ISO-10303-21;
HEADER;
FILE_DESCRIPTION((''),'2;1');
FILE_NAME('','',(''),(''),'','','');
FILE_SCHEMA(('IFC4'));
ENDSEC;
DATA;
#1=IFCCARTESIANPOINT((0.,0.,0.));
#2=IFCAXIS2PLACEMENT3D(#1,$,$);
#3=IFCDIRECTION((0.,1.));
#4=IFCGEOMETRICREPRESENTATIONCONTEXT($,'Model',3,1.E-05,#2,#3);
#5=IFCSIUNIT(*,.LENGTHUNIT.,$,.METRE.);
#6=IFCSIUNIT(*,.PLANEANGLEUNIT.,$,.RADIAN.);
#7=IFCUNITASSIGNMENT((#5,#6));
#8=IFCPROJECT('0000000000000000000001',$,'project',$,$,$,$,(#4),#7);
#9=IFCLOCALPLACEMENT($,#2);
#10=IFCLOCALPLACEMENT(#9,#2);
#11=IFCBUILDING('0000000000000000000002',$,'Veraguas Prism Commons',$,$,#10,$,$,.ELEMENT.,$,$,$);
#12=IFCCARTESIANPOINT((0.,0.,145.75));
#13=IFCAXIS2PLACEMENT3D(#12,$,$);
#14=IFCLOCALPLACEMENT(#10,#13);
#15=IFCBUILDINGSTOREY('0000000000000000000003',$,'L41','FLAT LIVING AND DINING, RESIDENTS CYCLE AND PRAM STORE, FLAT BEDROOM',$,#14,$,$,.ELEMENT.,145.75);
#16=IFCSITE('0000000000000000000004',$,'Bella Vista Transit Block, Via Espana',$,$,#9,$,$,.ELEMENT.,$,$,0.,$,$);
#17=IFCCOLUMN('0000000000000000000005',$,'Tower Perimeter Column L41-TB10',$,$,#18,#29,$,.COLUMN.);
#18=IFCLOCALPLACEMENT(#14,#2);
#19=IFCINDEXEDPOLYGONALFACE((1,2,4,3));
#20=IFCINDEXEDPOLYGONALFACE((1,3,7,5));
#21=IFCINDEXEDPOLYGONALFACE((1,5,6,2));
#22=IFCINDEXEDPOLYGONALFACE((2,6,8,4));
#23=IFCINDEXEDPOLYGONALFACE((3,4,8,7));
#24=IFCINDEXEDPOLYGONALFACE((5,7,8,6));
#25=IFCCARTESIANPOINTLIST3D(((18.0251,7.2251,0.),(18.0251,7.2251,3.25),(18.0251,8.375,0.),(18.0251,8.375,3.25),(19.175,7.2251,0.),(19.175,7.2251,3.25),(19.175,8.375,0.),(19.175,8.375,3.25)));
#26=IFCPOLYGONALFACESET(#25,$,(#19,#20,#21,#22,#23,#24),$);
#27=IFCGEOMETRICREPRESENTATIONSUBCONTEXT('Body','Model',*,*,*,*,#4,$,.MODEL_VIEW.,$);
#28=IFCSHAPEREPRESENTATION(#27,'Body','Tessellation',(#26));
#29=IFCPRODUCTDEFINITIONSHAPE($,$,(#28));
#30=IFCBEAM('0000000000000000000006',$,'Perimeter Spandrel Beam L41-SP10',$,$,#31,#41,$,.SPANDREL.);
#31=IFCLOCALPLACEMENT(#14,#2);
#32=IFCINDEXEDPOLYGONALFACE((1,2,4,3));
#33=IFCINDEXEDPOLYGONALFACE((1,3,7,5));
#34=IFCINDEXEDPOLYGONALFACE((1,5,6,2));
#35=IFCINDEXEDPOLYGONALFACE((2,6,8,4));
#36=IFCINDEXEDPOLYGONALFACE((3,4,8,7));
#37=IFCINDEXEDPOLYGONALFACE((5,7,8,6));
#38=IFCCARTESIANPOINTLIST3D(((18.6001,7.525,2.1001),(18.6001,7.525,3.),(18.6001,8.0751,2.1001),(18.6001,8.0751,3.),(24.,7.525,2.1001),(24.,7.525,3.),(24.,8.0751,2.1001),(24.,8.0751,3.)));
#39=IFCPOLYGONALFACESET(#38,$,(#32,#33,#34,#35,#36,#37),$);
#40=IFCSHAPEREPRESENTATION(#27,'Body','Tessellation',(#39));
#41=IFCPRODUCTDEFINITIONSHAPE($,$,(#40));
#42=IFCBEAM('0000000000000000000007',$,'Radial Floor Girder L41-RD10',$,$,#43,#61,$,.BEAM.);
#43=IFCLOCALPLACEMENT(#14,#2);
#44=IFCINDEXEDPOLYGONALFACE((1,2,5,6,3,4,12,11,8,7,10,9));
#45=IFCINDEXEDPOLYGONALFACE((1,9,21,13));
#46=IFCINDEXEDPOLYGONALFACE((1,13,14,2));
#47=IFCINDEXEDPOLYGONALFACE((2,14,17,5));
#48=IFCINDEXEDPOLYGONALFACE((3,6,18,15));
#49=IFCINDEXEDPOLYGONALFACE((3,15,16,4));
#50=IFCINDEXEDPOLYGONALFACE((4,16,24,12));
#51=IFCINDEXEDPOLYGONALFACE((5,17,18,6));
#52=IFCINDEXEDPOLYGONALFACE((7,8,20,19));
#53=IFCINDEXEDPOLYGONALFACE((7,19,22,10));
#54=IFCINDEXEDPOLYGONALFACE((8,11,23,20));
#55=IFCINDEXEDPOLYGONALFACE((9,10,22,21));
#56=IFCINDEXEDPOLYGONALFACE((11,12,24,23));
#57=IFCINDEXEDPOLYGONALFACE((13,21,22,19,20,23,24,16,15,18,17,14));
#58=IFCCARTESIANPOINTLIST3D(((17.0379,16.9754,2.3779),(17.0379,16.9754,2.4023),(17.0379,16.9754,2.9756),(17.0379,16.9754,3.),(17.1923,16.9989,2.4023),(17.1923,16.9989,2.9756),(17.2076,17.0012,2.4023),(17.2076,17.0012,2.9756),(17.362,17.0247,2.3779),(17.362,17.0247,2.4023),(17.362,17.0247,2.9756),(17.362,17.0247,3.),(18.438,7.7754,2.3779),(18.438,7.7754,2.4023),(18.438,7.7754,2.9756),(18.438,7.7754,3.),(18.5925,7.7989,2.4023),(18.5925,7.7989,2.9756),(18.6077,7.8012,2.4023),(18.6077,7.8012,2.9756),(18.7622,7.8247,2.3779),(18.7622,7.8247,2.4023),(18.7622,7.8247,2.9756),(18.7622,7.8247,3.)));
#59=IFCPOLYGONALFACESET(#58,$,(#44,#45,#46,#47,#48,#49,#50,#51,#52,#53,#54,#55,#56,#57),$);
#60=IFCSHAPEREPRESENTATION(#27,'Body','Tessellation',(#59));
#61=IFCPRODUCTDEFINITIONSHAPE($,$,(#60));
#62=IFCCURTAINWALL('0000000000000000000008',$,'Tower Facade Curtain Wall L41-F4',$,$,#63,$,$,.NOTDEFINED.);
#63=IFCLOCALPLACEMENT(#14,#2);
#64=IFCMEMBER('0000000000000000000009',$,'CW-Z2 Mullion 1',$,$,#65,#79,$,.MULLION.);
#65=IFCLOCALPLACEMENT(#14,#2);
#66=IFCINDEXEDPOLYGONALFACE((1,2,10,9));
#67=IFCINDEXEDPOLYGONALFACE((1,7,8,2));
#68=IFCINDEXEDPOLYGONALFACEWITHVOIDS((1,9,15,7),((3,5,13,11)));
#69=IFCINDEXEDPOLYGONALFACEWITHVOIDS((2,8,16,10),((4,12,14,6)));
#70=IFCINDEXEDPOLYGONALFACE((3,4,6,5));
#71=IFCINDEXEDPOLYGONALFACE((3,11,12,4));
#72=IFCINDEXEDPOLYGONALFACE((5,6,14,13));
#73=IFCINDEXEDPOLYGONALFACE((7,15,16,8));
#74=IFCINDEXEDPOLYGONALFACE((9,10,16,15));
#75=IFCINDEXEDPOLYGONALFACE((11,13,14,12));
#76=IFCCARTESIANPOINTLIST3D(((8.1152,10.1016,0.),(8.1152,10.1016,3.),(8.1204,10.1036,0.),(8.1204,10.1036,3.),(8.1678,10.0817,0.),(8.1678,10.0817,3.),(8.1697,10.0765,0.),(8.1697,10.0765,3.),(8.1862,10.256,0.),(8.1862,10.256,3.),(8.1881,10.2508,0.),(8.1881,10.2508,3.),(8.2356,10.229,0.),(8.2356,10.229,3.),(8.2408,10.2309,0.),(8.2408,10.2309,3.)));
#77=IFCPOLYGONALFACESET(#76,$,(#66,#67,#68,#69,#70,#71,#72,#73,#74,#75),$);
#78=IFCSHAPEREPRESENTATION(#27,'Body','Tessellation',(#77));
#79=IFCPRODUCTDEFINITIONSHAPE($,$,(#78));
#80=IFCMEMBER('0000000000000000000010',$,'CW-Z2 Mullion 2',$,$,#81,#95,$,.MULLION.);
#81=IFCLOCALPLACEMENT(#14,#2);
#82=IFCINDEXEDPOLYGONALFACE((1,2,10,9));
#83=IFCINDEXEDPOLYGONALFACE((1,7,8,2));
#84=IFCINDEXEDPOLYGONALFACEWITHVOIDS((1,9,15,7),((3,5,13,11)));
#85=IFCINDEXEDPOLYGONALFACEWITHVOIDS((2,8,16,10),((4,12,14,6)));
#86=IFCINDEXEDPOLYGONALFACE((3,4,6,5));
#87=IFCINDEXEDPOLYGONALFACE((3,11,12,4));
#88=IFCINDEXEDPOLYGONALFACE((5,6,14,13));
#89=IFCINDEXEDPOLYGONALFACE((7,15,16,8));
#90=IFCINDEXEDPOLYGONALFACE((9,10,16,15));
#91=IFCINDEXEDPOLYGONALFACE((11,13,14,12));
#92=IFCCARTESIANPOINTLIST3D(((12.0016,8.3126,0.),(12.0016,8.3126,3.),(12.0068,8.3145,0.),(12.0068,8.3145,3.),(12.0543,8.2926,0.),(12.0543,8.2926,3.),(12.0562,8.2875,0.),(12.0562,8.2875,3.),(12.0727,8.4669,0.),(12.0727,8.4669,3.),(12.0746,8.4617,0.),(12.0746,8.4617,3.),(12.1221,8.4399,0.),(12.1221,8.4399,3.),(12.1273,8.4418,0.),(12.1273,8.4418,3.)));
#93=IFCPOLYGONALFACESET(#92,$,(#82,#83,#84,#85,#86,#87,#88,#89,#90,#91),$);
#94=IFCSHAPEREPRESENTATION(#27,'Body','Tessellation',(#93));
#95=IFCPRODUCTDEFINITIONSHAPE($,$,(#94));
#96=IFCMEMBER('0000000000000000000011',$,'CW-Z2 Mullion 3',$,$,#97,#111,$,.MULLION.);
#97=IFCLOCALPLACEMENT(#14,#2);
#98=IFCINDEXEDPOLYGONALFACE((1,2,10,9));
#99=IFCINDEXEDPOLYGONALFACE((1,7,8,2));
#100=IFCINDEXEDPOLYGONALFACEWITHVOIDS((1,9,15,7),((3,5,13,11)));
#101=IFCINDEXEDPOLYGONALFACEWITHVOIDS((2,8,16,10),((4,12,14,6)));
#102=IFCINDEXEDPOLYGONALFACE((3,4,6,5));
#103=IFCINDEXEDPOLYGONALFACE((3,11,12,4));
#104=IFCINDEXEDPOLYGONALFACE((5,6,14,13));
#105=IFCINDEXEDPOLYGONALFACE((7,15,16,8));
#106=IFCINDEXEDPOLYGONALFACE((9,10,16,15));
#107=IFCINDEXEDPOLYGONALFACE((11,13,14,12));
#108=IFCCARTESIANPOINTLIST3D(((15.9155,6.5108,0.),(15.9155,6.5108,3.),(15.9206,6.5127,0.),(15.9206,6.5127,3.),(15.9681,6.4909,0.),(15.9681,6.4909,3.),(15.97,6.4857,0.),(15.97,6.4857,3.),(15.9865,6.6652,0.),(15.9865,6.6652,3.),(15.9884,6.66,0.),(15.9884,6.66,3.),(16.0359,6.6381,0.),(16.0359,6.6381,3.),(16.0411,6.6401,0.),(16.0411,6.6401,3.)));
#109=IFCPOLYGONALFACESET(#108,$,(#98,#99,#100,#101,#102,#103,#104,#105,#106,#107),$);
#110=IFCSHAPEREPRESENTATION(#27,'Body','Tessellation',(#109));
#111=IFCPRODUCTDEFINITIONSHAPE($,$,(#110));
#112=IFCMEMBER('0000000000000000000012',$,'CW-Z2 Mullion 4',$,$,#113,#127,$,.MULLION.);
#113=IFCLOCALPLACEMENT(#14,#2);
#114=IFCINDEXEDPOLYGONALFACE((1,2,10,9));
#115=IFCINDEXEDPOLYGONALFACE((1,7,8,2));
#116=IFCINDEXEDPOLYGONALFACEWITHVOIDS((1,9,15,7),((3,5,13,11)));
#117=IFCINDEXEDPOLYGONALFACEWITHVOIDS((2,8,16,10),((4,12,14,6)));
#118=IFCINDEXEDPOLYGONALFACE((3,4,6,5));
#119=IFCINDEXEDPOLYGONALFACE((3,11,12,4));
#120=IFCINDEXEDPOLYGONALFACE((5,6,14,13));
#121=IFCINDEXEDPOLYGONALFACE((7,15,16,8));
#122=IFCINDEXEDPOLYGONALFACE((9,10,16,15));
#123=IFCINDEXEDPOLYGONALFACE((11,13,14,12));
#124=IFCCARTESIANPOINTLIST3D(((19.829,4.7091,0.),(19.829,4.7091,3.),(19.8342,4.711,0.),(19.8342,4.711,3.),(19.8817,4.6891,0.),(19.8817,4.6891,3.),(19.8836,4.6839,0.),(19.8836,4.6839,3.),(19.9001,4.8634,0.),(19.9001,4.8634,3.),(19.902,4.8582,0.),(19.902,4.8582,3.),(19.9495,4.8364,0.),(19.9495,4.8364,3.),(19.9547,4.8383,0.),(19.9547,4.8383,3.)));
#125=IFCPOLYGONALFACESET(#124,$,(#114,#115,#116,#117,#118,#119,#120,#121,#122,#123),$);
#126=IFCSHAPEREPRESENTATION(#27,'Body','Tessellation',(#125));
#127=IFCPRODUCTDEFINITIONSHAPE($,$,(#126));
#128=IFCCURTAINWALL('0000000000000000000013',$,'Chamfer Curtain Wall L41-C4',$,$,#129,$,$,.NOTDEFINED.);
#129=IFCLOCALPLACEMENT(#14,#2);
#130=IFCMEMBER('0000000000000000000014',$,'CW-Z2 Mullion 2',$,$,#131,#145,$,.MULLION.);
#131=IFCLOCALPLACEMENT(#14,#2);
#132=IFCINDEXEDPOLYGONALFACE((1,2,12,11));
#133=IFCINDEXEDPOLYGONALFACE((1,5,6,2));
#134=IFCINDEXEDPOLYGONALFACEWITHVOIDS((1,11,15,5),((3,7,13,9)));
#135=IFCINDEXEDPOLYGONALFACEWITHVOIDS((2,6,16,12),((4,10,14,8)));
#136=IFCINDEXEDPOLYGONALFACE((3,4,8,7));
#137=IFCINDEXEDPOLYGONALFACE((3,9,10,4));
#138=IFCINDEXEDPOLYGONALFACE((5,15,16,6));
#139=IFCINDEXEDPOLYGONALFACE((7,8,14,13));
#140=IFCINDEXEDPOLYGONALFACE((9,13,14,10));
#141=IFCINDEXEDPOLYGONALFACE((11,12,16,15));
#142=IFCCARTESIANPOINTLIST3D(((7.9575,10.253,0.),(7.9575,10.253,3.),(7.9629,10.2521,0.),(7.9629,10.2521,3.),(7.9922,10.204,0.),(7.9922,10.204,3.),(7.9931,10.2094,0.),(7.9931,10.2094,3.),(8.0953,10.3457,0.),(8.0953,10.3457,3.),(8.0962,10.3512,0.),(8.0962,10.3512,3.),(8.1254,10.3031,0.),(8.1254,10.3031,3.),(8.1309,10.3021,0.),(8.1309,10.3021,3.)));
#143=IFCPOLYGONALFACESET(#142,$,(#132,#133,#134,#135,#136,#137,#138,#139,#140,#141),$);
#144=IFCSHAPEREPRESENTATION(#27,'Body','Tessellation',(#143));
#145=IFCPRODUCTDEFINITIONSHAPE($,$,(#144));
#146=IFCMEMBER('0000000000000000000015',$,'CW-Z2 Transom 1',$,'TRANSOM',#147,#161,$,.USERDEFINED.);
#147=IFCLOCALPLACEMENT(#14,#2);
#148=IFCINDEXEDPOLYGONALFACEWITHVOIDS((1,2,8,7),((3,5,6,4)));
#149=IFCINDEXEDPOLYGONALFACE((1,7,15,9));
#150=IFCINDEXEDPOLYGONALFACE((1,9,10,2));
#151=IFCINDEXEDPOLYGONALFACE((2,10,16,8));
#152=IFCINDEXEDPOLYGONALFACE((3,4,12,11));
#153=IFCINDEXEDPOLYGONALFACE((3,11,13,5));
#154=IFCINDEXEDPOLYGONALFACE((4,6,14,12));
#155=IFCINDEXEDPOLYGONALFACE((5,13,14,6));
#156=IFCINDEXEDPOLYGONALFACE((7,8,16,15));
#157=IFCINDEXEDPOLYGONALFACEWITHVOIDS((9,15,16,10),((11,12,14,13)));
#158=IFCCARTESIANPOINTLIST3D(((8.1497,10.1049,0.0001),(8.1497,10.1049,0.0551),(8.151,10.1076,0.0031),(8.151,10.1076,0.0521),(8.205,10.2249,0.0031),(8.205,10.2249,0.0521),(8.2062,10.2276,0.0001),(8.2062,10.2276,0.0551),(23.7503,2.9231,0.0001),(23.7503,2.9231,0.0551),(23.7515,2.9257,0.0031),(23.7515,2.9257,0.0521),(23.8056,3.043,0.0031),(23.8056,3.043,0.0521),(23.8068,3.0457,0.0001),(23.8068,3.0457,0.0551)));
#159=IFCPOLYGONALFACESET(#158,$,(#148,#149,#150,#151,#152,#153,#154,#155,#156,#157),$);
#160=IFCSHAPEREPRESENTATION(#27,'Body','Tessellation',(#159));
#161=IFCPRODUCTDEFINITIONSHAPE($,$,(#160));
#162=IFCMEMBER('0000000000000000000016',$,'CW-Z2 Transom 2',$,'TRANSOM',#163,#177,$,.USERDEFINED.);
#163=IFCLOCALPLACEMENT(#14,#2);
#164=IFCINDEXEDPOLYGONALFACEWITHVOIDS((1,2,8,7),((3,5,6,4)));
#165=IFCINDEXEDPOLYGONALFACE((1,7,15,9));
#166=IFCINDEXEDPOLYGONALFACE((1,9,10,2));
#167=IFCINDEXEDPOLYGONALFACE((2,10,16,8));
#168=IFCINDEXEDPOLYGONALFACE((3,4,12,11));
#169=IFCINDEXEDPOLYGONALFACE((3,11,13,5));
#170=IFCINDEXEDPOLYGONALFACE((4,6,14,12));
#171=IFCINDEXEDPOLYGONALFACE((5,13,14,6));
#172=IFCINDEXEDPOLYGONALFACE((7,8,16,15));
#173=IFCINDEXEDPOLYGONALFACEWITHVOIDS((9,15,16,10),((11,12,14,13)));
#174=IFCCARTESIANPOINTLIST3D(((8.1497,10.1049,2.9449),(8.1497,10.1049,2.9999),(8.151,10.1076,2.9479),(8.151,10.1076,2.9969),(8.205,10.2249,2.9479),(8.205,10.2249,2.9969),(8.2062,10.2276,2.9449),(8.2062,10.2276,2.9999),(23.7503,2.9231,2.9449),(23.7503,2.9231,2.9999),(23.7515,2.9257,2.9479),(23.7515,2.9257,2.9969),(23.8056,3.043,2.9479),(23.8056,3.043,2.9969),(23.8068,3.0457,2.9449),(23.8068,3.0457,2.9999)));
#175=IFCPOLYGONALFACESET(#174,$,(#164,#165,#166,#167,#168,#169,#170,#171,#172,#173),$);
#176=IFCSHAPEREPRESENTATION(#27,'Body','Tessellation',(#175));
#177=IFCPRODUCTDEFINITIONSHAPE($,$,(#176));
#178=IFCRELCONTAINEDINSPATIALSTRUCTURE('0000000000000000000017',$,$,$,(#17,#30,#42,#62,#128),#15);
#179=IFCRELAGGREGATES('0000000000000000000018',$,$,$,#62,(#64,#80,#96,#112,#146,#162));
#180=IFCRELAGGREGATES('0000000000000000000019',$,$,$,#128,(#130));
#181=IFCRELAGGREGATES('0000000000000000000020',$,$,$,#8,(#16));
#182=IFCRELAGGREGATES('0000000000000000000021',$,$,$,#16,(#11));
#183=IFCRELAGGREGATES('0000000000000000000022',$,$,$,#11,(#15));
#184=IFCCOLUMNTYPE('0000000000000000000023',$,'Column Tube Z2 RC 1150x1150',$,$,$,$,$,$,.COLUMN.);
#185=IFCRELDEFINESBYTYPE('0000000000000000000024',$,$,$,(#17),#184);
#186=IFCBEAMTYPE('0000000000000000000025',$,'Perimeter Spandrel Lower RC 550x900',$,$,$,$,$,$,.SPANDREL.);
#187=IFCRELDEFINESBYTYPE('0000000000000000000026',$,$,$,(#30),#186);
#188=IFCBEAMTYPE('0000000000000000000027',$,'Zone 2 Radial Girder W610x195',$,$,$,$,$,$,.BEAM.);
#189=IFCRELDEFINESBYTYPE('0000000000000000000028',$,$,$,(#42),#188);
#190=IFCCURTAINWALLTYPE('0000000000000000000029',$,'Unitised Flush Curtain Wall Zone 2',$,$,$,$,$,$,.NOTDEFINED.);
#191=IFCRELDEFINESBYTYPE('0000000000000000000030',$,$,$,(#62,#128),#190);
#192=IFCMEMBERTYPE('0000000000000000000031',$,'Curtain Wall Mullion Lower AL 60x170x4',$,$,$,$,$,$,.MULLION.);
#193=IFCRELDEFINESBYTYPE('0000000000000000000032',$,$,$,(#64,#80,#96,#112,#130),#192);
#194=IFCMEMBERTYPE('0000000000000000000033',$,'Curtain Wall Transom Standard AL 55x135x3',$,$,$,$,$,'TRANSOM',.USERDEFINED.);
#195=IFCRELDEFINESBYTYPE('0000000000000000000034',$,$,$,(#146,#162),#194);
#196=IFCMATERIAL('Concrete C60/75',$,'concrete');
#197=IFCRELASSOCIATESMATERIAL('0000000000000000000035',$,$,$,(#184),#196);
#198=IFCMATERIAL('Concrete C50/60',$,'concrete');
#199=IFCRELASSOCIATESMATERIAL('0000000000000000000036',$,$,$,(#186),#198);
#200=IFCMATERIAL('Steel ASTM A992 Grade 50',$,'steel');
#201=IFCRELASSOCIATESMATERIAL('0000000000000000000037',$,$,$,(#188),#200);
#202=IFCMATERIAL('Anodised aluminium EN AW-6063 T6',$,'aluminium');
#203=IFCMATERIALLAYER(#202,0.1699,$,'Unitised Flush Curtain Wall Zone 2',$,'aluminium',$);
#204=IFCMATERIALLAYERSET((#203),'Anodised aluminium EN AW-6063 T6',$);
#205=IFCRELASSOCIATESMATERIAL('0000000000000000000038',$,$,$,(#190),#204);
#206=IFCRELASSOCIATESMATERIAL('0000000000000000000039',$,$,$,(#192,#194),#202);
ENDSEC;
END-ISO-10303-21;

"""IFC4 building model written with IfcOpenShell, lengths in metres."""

from ifc_helpers import new_model, si_unit, direction, frame, origin, origin_2d, place, context, subcontext, project, spatial, rectangle, hollow_rectangle, i_section, extrude, source, transform, mapped, material, layer, layer_set, material_profile, profile_set, type_object, element, aggregate, save


model = new_model("IFC4")

# Units and contexts
model_context = context("Model", 3, precision=1e-05, world=origin(), true_north=direction((0.0, 1.0)))
body_context = subcontext(model_context, "Body", "Model", "MODEL_VIEW")
ifc_project = project(units=[si_unit("LENGTHUNIT", "METRE"), si_unit("PLANEANGLEUNIT", "RADIAN")], contexts=[model_context])

# Site, building, storey
site_placement = place(None, origin())
site = spatial("IfcSite", under=ifc_project, at=site_placement, Name="Bella Vista Transit Block, Via Espana", CompositionType="ELEMENT", RefElevation=0.0)
building_placement = place(site_placement, origin())
building = spatial("IfcBuilding", under=site, at=building_placement, Name="Veraguas Prism Commons", CompositionType="ELEMENT")
storey_placement = place(building_placement, frame((0.0, 0.0, 145.75)))
storey = spatial("IfcBuildingStorey", under=building, at=storey_placement, Name="L41", Description="FLAT LIVING AND DINING, RESIDENTS CYCLE AND PRAM STORE, FLAT BEDROOM", CompositionType="ELEMENT", Elevation=145.75)

# Column
ifc_material_1 = material(Name="Concrete C60/75", Category="concrete")
ifc_material_profile_1 = material_profile(ifc_material_1, rectangle(XDim=1.1499, YDim=1.1499, at=origin_2d()), Name="RC1150X1150")
ifc_profile_set_1 = profile_set([ifc_material_profile_1], Name="Concrete C60/75")
column_type = type_object("IfcColumnType", Name="Column Tube Z2 RC 1150x1150", PredefinedType="COLUMN", material=ifc_profile_set_1)
column_placement = place(storey_placement, frame((18.6001, 7.8, 0.0), z_axis=(0.0, 0.0, 1.0), x_axis=(1.0, 0.0, 0.0)))
element("IfcColumn", 1, at=column_placement, inside=storey, type_object=column_type, Name="Tower Perimeter Column L41-TB10", PredefinedType="COLUMN", context=body_context, shape_type="SweptSolid", body=[
    extrude(rectangle(XDim=1.1499, YDim=1.1499, at=origin_2d()), origin(), (0.0, 0.0, 1.0), 3.25),
])

# Beams
ifc_material_2 = material(Name="Concrete C50/60", Category="concrete")
ifc_material_profile_2 = material_profile(ifc_material_2, rectangle(XDim=0.55, YDim=0.8999, at=origin_2d()), Name="RC550X900")
ifc_profile_set_2 = profile_set([ifc_material_profile_2], Name="Concrete C50/60")
beam_type_1 = type_object("IfcBeamType", Name="Perimeter Spandrel Lower RC 550x900", PredefinedType="SPANDREL", material=ifc_profile_set_2)
beam_1_placement = place(storey_placement, frame((18.6001, 7.8, 2.55), z_axis=(1.0, 0.0, 0.0), x_axis=(0.0, 1.0, 0.0)))
element("IfcBeam", 2, at=beam_1_placement, inside=storey, type_object=beam_type_1, Name="Perimeter Spandrel Beam L41-SP10", PredefinedType="SPANDREL", context=body_context, shape_type="SweptSolid", body=[
    extrude(rectangle(XDim=0.55, YDim=0.8999, at=origin_2d()), origin(), (0.0, 0.0, 1.0), 5.3999),
])
ifc_material_3 = material(Name="Steel ASTM A992 Grade 50", Category="steel")
ifc_material_profile_3 = material_profile(ifc_material_3, i_section(OverallWidth=0.3279, OverallDepth=0.6221, WebThickness=0.0154, FlangeThickness=0.0244, at=origin_2d()), Name="W610X195")
ifc_profile_set_3 = profile_set([ifc_material_profile_3], Name="Steel ASTM A992 Grade 50")
beam_type_2 = type_object("IfcBeamType", Name="Zone 2 Radial Girder W610x195", PredefinedType="BEAM", material=ifc_profile_set_3)
beam_2_placement = place(storey_placement, frame((18.6001, 7.8, 2.689), z_axis=(-0.150458, 0.988616, 0.0), x_axis=(-0.988616, -0.150458, 0.0)))
element("IfcBeam", 3, at=beam_2_placement, inside=storey, type_object=beam_type_2, Name="Radial Floor Girder L41-RD10", PredefinedType="BEAM", context=body_context, shape_type="SweptSolid", body=[
    extrude(i_section(OverallWidth=0.3279, OverallDepth=0.6221, WebThickness=0.0154, FlangeThickness=0.0244, at=origin_2d()), origin(), (0.0, 0.0, 1.0), 9.3059),
])

# Curtain wall, members
ifc_material_4 = material(Name="Anodised aluminium EN AW-6063 T6", Category="aluminium")
ifc_layer_1 = layer(ifc_material_4, 0.1699, Name="Unitised Flush Curtain Wall Zone 2", Category="aluminium")
ifc_layer_set_1 = layer_set([ifc_layer_1], Name="Anodised aluminium EN AW-6063 T6")
curtain_wall_type = type_object("IfcCurtainWallType", Name="Unitised Flush Curtain Wall Zone 2", PredefinedType="NOTDEFINED", material=ifc_layer_set_1)
curtain_wall_1_placement = place(storey_placement, origin())
curtain_wall_1 = element("IfcCurtainWall", 4, at=curtain_wall_1_placement, inside=storey, type_object=curtain_wall_type, Name="Tower Facade Curtain Wall L41-F4", PredefinedType="NOTDEFINED")
ifc_material_profile_4 = material_profile(ifc_material_4, hollow_rectangle(XDim=0.0601, YDim=0.1699, WallThickness=0.0039, at=origin_2d()), Name="AL60X170X4")
ifc_profile_set_4 = profile_set([ifc_material_profile_4], Name="Anodised aluminium EN AW-6063 T6")
member_type_1 = type_object("IfcMemberType", Name="Curtain Wall Mullion Lower AL 60x170x4", PredefinedType="MULLION", material=ifc_profile_set_4)
shared_shape_1 = source(origin(), body_context, "Body", "SweptSolid", [
    extrude(hollow_rectangle(XDim=0.0601, YDim=0.1699, WallThickness=0.0039, at=origin_2d()), origin(), (0.0, 0.0, 1.0), 3.0),
])
member_1_placement = place(storey_placement, frame((8.178, 10.1663, 0.0), z_axis=(0.0, 0.0, 1.0), x_axis=(0.908363, -0.418183, 0.0)))
member_1 = element("IfcMember", 5, at=member_1_placement, type_object=member_type_1, Name="CW-Z2 Mullion 1", PredefinedType="MULLION", context=body_context, shape_type="MappedRepresentation", body=[
    mapped(shared_shape_1, transform((0.0, 0.0, 0.0), scale=1.0)),
])
member_2_placement = place(storey_placement, frame((12.0645, 8.3772, 0.0), z_axis=(0.0, 0.0, 1.0), x_axis=(0.908363, -0.418183, 0.0)))
member_2 = element("IfcMember", 6, at=member_2_placement, type_object=member_type_1, Name="CW-Z2 Mullion 2", PredefinedType="MULLION", context=body_context, shape_type="MappedRepresentation", body=[
    mapped(shared_shape_1, transform((0.0, 0.0, 0.0), scale=1.0)),
])
member_3_placement = place(storey_placement, frame((15.9783, 6.5754, 0.0), z_axis=(0.0, 0.0, 1.0), x_axis=(0.908363, -0.418183, 0.0)))
member_3 = element("IfcMember", 7, at=member_3_placement, type_object=member_type_1, Name="CW-Z2 Mullion 3", PredefinedType="MULLION", context=body_context, shape_type="MappedRepresentation", body=[
    mapped(shared_shape_1, transform((0.0, 0.0, 0.0), scale=1.0)),
])
member_4_placement = place(storey_placement, frame((19.8918, 4.7737, 0.0), z_axis=(0.0, 0.0, 1.0), x_axis=(0.908363, -0.418183, 0.0)))
member_4 = element("IfcMember", 8, at=member_4_placement, type_object=member_type_1, Name="CW-Z2 Mullion 4", PredefinedType="MULLION", context=body_context, shape_type="MappedRepresentation", body=[
    mapped(shared_shape_1, transform((0.0, 0.0, 0.0), scale=1.0)),
])

# Curtain wall, member
curtain_wall_2_placement = place(storey_placement, origin())
curtain_wall_2 = element("IfcCurtainWall", 9, at=curtain_wall_2_placement, inside=storey, type_object=curtain_wall_type, Name="Chamfer Curtain Wall L41-C4", PredefinedType="NOTDEFINED")
member_5_placement = place(storey_placement, frame((8.0442, 10.2776, 0.0), z_axis=(0.0, 0.0, 1.0), x_axis=(0.577568, -0.816342, 0.0)))
member_5 = element("IfcMember", 10, at=member_5_placement, type_object=member_type_1, Name="CW-Z2 Mullion 2", PredefinedType="MULLION", context=body_context, shape_type="MappedRepresentation", body=[
    mapped(shared_shape_1, transform((0.0, 0.0, 0.0), scale=1.0)),
])

# Members
ifc_material_profile_5 = material_profile(ifc_material_4, hollow_rectangle(XDim=0.0549, YDim=0.135, WallThickness=0.0029, at=origin_2d()), Name="AL55X135X3")
ifc_profile_set_5 = profile_set([ifc_material_profile_5], Name="Anodised aluminium EN AW-6063 T6")
member_type_2 = type_object("IfcMemberType", Name="Curtain Wall Transom Standard AL 55x135x3", ElementType="TRANSOM", PredefinedType="USERDEFINED", material=ifc_profile_set_5)
shared_shape_2 = source(origin(), body_context, "Body", "SweptSolid", [
    extrude(hollow_rectangle(XDim=0.0549, YDim=0.135, WallThickness=0.0029, at=origin_2d()), origin(), (0.0, 0.0, 1.0), 17.1743),
])
member_6_placement = place(storey_placement, frame((8.178, 10.1663, 0.0276), z_axis=(0.908366, -0.418175, 0.0), x_axis=(0.0, 0.0, 1.0)))
member_6 = element("IfcMember", 11, at=member_6_placement, type_object=member_type_2, Name="CW-Z2 Transom 1", ObjectType="TRANSOM", PredefinedType="USERDEFINED", context=body_context, shape_type="MappedRepresentation", body=[
    mapped(shared_shape_2, transform((0.0, 0.0, 0.0), scale=1.0)),
])
member_7_placement = place(storey_placement, frame((8.178, 10.1663, 2.9724), z_axis=(0.908366, -0.418175, 0.0), x_axis=(0.0, 0.0, 1.0)))
member_7 = element("IfcMember", 12, at=member_7_placement, type_object=member_type_2, Name="CW-Z2 Transom 2", ObjectType="TRANSOM", PredefinedType="USERDEFINED", context=body_context, shape_type="MappedRepresentation", body=[
    mapped(shared_shape_2, transform((0.0, 0.0, 0.0), scale=1.0)),
])

aggregate(curtain_wall_1, [member_1, member_2, member_3, member_4, member_6, member_7])
aggregate(curtain_wall_2, [member_5])

save(model, "model.ifc")
